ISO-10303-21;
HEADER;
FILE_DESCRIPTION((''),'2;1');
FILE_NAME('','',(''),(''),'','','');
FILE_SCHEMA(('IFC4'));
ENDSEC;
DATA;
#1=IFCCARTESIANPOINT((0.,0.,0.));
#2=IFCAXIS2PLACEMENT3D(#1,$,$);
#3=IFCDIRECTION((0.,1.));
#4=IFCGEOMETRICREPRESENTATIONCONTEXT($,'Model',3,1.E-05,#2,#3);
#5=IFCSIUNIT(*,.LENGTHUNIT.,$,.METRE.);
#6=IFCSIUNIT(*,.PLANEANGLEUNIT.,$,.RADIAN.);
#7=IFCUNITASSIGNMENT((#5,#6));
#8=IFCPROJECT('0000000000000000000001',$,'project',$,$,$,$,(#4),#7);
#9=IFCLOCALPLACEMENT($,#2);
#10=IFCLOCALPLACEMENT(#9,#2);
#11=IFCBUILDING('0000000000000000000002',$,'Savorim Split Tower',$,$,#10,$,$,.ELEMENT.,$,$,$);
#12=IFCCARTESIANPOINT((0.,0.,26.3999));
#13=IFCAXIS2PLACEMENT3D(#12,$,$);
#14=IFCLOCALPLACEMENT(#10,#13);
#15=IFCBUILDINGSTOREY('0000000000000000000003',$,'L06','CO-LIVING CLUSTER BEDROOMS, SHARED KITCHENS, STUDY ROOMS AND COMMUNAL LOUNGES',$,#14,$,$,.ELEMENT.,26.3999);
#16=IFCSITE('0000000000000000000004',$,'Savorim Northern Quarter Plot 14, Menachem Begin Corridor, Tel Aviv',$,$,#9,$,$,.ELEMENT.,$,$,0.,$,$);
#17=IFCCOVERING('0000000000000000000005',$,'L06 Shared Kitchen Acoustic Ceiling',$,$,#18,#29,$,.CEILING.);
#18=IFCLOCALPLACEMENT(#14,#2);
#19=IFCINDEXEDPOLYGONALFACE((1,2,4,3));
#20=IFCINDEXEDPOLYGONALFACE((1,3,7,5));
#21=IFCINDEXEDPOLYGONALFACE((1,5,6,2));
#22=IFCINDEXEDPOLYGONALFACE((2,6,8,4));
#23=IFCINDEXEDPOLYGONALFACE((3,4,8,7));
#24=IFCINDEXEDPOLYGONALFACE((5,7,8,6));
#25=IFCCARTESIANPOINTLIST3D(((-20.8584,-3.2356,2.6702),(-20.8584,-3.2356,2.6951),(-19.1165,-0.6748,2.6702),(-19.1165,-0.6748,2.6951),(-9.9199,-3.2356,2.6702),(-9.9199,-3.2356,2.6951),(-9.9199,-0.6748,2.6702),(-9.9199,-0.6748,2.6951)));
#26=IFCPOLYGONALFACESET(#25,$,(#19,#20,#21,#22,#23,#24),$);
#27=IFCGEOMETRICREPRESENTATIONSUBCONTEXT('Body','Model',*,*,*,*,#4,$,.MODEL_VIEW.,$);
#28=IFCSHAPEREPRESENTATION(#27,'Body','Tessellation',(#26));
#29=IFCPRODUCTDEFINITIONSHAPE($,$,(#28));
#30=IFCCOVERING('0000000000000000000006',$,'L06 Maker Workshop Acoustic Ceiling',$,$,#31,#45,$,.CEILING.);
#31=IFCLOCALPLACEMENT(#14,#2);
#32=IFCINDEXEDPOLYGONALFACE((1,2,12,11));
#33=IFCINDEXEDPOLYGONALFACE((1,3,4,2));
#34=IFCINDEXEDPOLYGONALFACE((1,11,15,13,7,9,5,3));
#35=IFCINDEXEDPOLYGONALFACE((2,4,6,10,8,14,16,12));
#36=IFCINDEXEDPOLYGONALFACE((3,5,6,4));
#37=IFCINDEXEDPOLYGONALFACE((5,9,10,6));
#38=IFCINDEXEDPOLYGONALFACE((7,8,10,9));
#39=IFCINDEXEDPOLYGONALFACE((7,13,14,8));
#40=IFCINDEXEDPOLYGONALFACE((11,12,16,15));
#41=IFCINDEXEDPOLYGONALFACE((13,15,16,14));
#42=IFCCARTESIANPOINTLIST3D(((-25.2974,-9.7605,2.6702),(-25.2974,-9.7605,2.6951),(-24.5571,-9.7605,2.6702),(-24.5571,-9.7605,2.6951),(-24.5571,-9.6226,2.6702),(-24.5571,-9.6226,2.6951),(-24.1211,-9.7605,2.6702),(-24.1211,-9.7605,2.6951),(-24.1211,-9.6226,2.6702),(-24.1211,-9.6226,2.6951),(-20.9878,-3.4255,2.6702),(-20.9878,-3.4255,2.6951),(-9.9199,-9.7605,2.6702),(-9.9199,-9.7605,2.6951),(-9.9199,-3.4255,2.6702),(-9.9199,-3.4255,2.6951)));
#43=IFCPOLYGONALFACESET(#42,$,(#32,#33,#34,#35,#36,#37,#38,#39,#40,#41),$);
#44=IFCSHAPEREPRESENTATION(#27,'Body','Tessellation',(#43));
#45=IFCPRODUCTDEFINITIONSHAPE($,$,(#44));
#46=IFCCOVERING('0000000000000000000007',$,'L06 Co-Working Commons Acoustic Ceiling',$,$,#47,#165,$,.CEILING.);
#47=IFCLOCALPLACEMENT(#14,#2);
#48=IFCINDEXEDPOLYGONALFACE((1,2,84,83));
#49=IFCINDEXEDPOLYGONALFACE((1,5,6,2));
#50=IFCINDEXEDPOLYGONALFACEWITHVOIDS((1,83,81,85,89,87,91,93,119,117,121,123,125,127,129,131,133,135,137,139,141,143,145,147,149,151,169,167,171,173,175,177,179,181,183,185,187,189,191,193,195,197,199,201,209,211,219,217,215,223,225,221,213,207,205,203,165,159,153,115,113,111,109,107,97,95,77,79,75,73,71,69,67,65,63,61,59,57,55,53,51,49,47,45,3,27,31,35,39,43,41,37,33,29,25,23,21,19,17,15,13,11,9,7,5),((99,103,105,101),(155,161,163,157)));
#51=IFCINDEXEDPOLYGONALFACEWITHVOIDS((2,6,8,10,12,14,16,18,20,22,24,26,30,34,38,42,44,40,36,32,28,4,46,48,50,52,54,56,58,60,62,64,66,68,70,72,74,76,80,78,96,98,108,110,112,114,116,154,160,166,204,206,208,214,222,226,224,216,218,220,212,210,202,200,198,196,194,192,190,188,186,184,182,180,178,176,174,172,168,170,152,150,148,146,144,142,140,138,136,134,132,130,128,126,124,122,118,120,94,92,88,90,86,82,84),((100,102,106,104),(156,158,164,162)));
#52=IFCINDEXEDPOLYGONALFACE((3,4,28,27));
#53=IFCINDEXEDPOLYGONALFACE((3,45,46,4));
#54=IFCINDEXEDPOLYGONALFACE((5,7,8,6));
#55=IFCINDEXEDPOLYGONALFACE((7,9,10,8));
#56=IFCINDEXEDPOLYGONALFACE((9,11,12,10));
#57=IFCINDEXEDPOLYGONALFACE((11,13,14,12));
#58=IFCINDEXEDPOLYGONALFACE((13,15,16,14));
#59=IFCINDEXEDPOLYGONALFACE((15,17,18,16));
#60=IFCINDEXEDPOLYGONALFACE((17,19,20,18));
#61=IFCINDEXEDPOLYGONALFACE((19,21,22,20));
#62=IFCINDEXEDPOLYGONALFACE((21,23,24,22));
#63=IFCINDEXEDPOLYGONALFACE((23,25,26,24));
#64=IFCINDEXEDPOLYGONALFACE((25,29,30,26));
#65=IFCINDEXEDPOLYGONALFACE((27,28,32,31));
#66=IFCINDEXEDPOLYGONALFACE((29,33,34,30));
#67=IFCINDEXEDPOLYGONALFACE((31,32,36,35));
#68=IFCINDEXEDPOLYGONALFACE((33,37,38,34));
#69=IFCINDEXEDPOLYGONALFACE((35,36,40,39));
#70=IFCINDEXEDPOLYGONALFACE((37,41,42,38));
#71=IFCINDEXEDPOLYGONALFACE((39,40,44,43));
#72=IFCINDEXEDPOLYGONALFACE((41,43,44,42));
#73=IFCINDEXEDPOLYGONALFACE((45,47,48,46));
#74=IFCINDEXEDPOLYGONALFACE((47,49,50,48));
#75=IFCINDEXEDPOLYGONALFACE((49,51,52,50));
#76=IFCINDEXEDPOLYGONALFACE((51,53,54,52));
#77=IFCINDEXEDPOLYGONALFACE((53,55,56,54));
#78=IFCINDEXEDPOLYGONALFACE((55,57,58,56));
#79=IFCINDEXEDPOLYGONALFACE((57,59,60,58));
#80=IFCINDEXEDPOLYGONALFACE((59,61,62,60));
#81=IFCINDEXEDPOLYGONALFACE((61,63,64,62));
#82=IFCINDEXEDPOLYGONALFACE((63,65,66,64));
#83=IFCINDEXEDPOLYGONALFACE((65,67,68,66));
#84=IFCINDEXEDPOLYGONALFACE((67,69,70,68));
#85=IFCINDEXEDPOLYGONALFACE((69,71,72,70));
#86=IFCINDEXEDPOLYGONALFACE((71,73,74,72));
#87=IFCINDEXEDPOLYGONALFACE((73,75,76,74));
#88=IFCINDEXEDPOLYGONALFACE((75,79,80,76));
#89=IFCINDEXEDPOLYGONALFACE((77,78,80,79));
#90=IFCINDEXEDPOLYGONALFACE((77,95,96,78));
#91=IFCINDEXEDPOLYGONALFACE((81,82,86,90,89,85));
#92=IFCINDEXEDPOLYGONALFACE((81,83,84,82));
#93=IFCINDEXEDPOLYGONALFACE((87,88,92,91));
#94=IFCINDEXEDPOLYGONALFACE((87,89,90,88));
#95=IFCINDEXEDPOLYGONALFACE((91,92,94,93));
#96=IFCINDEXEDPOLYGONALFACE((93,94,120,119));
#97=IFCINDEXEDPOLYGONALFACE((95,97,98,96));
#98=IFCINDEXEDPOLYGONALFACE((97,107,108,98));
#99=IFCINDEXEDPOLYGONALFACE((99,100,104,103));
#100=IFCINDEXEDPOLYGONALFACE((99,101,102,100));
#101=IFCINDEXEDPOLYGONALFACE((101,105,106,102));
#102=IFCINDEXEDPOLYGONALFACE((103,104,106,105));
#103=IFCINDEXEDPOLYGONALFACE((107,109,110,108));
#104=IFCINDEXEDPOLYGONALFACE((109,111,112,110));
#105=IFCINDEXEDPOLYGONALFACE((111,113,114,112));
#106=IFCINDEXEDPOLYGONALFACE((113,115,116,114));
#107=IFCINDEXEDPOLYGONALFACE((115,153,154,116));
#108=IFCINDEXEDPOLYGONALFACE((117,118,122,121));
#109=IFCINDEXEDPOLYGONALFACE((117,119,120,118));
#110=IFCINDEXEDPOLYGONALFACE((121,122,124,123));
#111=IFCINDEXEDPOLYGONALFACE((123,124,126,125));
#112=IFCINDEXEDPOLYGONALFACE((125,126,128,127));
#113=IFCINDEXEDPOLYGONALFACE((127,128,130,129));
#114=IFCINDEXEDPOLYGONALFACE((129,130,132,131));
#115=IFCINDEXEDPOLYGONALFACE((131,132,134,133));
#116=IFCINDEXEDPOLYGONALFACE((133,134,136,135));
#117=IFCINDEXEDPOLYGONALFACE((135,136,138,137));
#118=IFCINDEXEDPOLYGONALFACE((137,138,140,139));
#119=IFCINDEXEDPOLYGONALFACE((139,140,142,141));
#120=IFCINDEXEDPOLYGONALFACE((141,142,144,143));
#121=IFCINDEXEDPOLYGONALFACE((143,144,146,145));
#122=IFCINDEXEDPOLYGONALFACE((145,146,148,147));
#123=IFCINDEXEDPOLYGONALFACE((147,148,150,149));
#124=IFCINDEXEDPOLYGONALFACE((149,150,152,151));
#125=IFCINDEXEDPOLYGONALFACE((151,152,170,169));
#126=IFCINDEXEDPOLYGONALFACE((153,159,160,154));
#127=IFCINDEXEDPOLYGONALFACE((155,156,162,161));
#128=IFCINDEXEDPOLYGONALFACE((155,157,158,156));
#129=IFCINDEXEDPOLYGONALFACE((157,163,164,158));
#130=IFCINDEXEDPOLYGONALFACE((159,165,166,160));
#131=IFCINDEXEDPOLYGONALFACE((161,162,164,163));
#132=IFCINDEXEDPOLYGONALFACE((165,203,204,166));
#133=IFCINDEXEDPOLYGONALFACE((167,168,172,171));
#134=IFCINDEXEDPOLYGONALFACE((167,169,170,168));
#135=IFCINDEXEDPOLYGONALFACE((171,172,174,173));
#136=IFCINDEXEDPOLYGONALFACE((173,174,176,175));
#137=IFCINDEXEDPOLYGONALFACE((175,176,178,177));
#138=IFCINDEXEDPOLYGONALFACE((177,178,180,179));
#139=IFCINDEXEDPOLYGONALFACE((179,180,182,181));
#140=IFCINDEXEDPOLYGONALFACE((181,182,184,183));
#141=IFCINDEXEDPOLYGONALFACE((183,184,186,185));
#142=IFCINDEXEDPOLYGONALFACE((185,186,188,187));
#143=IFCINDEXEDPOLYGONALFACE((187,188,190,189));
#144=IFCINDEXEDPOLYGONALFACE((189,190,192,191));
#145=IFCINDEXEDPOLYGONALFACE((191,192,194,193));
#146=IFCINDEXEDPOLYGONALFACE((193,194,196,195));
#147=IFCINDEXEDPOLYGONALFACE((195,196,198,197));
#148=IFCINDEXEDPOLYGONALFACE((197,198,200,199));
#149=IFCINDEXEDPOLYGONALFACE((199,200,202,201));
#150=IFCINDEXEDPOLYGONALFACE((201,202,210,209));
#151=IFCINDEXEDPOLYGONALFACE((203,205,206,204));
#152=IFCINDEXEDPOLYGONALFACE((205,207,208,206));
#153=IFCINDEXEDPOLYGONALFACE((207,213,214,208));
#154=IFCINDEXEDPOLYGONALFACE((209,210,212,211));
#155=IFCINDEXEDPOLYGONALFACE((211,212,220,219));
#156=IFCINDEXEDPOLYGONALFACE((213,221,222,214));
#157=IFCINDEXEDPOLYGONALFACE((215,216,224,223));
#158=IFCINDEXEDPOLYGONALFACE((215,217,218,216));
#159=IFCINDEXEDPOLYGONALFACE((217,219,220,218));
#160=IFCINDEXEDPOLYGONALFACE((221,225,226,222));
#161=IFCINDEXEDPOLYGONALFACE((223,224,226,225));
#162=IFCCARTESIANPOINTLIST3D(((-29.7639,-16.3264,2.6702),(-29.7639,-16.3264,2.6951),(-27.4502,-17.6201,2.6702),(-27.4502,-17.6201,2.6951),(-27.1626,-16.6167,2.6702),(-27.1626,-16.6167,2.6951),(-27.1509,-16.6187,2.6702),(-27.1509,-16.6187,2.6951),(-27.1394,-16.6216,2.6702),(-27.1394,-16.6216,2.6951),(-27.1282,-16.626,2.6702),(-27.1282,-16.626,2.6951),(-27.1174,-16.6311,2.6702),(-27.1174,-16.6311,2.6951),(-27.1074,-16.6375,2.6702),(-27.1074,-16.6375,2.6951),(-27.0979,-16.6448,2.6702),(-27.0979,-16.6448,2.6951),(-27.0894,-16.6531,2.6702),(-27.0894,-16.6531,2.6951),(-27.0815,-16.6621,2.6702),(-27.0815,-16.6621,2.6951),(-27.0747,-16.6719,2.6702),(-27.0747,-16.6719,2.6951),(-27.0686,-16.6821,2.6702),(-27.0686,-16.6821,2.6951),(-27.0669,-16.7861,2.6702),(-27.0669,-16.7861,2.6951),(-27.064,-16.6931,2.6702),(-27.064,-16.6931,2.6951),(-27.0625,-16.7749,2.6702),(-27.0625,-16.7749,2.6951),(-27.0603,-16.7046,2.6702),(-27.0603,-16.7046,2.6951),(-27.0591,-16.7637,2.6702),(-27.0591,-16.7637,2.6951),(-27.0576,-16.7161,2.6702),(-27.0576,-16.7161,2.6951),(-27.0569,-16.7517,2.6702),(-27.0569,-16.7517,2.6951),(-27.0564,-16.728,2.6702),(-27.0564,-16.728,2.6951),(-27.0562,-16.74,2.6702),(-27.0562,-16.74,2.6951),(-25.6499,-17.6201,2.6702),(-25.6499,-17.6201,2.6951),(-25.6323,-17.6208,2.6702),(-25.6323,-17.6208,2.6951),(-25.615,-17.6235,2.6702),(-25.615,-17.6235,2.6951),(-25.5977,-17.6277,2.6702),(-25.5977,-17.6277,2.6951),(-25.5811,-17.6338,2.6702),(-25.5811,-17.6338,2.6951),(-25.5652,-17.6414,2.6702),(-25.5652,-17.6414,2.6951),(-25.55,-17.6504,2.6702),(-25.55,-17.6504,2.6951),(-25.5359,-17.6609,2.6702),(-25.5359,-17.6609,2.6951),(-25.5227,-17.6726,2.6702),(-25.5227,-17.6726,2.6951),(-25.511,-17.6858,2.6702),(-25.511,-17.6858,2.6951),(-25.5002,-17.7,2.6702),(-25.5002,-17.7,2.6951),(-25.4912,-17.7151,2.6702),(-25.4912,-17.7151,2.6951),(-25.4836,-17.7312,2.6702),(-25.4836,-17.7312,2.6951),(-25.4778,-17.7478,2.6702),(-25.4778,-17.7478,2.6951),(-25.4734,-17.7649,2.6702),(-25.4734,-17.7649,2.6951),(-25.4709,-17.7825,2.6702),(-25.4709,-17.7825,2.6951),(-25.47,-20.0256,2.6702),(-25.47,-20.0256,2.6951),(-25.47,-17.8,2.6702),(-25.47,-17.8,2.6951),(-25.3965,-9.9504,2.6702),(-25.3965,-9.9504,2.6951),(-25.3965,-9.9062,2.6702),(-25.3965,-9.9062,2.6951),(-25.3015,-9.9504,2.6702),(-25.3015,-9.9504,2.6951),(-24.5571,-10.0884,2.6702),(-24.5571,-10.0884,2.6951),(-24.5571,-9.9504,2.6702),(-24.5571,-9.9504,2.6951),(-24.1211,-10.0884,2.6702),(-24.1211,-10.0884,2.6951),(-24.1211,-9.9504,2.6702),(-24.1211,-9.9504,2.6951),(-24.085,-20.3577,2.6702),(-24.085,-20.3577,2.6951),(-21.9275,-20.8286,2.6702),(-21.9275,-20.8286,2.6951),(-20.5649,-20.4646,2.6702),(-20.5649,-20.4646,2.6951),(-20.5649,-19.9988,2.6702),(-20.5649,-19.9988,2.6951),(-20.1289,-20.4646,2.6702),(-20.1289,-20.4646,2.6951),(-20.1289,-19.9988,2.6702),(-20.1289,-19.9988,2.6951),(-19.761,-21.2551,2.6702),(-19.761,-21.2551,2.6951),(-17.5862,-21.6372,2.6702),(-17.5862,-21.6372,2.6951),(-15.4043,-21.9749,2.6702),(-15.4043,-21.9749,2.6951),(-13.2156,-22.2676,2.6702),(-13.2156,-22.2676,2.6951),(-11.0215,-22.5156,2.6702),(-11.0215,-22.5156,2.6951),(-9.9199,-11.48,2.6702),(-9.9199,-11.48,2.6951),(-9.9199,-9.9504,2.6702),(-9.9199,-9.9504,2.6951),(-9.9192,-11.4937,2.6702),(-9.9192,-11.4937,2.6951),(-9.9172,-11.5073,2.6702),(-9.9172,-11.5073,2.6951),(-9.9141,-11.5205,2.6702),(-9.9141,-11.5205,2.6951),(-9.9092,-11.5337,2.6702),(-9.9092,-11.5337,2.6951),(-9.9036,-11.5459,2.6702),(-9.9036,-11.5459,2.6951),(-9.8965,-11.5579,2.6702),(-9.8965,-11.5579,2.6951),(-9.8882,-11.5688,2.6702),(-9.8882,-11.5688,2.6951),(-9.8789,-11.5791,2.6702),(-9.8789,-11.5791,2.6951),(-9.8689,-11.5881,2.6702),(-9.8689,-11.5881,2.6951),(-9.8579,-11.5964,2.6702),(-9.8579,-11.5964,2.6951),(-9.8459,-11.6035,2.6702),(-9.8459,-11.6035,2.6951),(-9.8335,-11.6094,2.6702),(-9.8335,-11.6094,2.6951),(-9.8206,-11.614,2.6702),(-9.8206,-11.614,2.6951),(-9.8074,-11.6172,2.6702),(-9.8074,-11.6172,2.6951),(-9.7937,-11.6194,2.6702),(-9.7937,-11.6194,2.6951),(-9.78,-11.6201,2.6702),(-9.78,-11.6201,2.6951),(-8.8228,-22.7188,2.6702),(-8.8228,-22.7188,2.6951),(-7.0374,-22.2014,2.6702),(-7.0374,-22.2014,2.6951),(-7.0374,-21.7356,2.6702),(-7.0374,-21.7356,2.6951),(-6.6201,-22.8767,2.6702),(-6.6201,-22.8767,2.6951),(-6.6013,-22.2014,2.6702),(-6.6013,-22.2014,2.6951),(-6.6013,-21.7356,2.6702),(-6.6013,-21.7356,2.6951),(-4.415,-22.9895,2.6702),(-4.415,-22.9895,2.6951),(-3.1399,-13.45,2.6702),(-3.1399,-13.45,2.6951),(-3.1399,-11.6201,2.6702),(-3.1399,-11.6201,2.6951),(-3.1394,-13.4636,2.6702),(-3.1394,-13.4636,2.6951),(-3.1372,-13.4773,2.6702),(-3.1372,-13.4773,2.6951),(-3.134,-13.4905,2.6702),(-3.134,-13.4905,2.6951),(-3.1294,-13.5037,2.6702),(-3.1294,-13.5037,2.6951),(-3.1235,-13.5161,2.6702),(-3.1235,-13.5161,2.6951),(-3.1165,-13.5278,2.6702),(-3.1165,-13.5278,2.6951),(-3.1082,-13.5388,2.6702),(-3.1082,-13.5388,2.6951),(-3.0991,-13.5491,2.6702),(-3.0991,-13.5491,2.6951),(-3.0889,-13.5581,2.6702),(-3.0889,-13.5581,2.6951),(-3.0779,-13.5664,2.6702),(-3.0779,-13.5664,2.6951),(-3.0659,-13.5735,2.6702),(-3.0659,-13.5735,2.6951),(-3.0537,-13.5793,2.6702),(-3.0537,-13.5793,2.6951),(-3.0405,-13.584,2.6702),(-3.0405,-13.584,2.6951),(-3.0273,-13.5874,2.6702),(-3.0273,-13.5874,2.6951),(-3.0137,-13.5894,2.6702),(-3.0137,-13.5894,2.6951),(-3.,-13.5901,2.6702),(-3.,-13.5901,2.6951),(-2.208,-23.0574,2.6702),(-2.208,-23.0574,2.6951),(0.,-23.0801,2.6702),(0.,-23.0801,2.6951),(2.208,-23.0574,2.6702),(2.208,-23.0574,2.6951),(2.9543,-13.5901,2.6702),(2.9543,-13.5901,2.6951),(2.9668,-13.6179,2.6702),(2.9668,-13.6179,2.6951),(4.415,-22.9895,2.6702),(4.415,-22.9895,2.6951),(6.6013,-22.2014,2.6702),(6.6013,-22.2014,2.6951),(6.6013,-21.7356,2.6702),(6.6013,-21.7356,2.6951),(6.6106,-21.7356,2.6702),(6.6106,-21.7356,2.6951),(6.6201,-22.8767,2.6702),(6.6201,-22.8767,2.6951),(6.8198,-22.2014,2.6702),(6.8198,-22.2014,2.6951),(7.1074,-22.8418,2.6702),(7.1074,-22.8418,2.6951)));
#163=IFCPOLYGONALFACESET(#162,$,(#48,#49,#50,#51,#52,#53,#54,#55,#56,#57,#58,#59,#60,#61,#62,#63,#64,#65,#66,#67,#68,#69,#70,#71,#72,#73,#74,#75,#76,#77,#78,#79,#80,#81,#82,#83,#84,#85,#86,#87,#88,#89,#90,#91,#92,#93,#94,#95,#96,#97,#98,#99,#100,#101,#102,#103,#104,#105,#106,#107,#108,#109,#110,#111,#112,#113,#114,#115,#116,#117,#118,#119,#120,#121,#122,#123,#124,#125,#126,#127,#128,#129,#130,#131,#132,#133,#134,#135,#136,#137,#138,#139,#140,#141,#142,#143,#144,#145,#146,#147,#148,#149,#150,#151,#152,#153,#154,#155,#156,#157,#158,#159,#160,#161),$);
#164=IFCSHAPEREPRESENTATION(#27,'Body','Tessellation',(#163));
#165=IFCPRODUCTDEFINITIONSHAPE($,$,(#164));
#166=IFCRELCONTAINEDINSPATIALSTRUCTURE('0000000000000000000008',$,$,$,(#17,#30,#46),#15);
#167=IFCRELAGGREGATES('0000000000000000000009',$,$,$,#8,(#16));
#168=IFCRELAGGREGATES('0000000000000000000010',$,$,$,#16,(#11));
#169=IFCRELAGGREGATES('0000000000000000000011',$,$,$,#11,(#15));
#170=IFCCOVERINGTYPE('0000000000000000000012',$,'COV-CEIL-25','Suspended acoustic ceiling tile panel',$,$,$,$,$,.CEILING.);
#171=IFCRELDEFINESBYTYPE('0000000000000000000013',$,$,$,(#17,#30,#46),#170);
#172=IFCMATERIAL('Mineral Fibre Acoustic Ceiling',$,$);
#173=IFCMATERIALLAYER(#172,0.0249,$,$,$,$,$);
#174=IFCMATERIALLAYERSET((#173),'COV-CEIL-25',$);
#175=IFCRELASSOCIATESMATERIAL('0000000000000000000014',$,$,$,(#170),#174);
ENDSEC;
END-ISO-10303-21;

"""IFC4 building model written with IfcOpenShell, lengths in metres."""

from ifc_helpers import new_model, si_unit, direction, frame, origin, place, context, subcontext, project, spatial, polyline, outline, extrude, material, layer, layer_set, type_object, element, save


model = new_model("IFC4")

# Units and contexts
model_context = context("Model", 3, precision=1e-05, world=origin(), true_north=direction((0.0, 1.0)))
body_context = subcontext(model_context, "Body", "Model", "MODEL_VIEW")
ifc_project = project(units=[si_unit("LENGTHUNIT", "METRE"), si_unit("PLANEANGLEUNIT", "RADIAN")], contexts=[model_context])

# Site, building, storey
site_placement = place(None, origin())
site = spatial("IfcSite", under=ifc_project, at=site_placement, Name="Savorim Northern Quarter Plot 14, Menachem Begin Corridor, Tel Aviv", CompositionType="ELEMENT", RefElevation=0.0)
building_placement = place(site_placement, origin())
building = spatial("IfcBuilding", under=site, at=building_placement, Name="Savorim Split Tower", CompositionType="ELEMENT")
storey_placement = place(building_placement, frame((0.0, 0.0, 26.3999)))
storey = spatial("IfcBuildingStorey", under=building, at=storey_placement, Name="L06", Description="CO-LIVING CLUSTER BEDROOMS, SHARED KITCHENS, STUDY ROOMS AND COMMUNAL LOUNGES", CompositionType="ELEMENT", Elevation=26.3999)

# Coverings
ifc_material_1 = material(Name="Mineral Fibre Acoustic Ceiling")
ifc_layer_1 = layer(ifc_material_1, 0.0249)
ifc_layer_set_1 = layer_set([ifc_layer_1], Name="COV-CEIL-25")
covering_type_1 = type_object("IfcCoveringType", Name="COV-CEIL-25", Description="Suspended acoustic ceiling tile panel", PredefinedType="CEILING", material=ifc_layer_set_1)
covering_1_placement = place(storey_placement, frame((0.0, 0.0, 2.6702)))
element("IfcCovering", 1, at=covering_1_placement, inside=storey, type_object=covering_type_1, Name="L06 Shared Kitchen Acoustic Ceiling", PredefinedType="CEILING", context=body_context, shape_type="SweptSolid", body=[
    extrude(outline(polyline([(-19.1165, -0.6748), (-20.8584, -3.2356), (-9.9199, -3.2356), (-9.9199, -0.6748), (-19.1165, -0.6748)])), origin(), (0.0, 0.0, 1.0), 0.0249),
])
covering_2_placement = place(storey_placement, frame((0.0, 0.0, 2.6702)))
element("IfcCovering", 2, at=covering_2_placement, inside=storey, type_object=covering_type_1, Name="L06 Maker Workshop Acoustic Ceiling", PredefinedType="CEILING", context=body_context, shape_type="SweptSolid", body=[
    extrude(outline(polyline([(-24.1211, -9.6226), (-24.1211, -9.7605), (-9.9199, -9.7605), (-9.9199, -3.4255), (-20.9878, -3.4255), (-25.2974, -9.7605), (-24.5571, -9.7605), (-24.5571, -9.6226), (-24.1211, -9.6226)])), origin(), (0.0, 0.0, 1.0), 0.0249),
])
covering_3_placement = place(storey_placement, frame((0.0, 0.0, 2.6702)))
element("IfcCovering", 3, at=covering_3_placement, inside=storey, type_object=covering_type_1, Name="L06 Co-Working Commons Acoustic Ceiling", PredefinedType="CEILING", context=body_context, shape_type="SweptSolid", body=[
    extrude(outline(polyline([(-27.0562, -16.74), (-27.0569, -16.7517), (-27.0591, -16.7637), (-27.0625, -16.7749), (-27.0669, -16.7861), (-27.4502, -17.6201), (-25.6499, -17.6201), (-25.6323, -17.6208), (-25.615, -17.6235), (-25.5977, -17.6277), (-25.5811, -17.6338), (-25.5652, -17.6414), (-25.55, -17.6504), (-25.5359, -17.6609), (-25.5227, -17.6726), (-25.511, -17.6858), (-25.5002, -17.7), (-25.4912, -17.7151), (-25.4836, -17.7312), (-25.4778, -17.7478), (-25.4734, -17.7649), (-25.4709, -17.7825), (-25.47, -17.8), (-25.47, -20.0256), (-24.085, -20.3577), (-21.9275, -20.8286), (-19.761, -21.2551), (-17.5862, -21.6372), (-15.4043, -21.9749), (-13.2156, -22.2676), (-11.0215, -22.5156), (-8.8228, -22.7188), (-6.6201, -22.8767), (-4.415, -22.9895), (-2.208, -23.0574), (0.0, -23.0801), (2.208, -23.0574), (4.415, -22.9895), (6.6201, -22.8767), (7.1074, -22.8418), (6.8198, -22.2014), (6.6013, -22.2014), (6.6013, -21.7356), (6.6106, -21.7356), (2.9668, -13.6179), (2.9543, -13.5901), (-3.0, -13.5901), (-3.0137, -13.5894), (-3.0273, -13.5874), (-3.0405, -13.584), (-3.0537, -13.5793), (-3.0659, -13.5735), (-3.0779, -13.5664), (-3.0889, -13.5581), (-3.0991, -13.5491), (-3.1082, -13.5388), (-3.1165, -13.5278), (-3.1235, -13.5161), (-3.1294, -13.5037), (-3.134, -13.4905), (-3.1372, -13.4773), (-3.1394, -13.4636), (-3.1399, -13.45), (-3.1399, -11.6201), (-9.78, -11.6201), (-9.7937, -11.6194), (-9.8074, -11.6172), (-9.8206, -11.614), (-9.8335, -11.6094), (-9.8459, -11.6035), (-9.8579, -11.5964), (-9.8689, -11.5881), (-9.8789, -11.5791), (-9.8882, -11.5688), (-9.8965, -11.5579), (-9.9036, -11.5459), (-9.9092, -11.5337), (-9.9141, -11.5205), (-9.9172, -11.5073), (-9.9192, -11.4937), (-9.9199, -11.48), (-9.9199, -9.9504), (-24.1211, -9.9504), (-24.1211, -10.0884), (-24.5571, -10.0884), (-24.5571, -9.9504), (-25.3015, -9.9504), (-25.3965, -9.9504), (-25.3965, -9.9062), (-29.7639, -16.3264), (-27.1626, -16.6167), (-27.1509, -16.6187), (-27.1394, -16.6216), (-27.1282, -16.626), (-27.1174, -16.6311), (-27.1074, -16.6375), (-27.0979, -16.6448), (-27.0894, -16.6531), (-27.0815, -16.6621), (-27.0747, -16.6719), (-27.0686, -16.6821), (-27.064, -16.6931), (-27.0603, -16.7046), (-27.0576, -16.7161), (-27.0564, -16.728), (-27.0562, -16.74)]), holes=[polyline([(-20.5649, -20.4646), (-20.1289, -20.4646), (-20.1289, -19.9988), (-20.5649, -19.9988), (-20.5649, -20.4646)]), polyline([(-7.0374, -22.2014), (-6.6013, -22.2014), (-6.6013, -21.7356), (-7.0374, -21.7356), (-7.0374, -22.2014)])]), origin(), (0.0, 0.0, 1.0), 0.0249),
])

save(model, "model.ifc")
